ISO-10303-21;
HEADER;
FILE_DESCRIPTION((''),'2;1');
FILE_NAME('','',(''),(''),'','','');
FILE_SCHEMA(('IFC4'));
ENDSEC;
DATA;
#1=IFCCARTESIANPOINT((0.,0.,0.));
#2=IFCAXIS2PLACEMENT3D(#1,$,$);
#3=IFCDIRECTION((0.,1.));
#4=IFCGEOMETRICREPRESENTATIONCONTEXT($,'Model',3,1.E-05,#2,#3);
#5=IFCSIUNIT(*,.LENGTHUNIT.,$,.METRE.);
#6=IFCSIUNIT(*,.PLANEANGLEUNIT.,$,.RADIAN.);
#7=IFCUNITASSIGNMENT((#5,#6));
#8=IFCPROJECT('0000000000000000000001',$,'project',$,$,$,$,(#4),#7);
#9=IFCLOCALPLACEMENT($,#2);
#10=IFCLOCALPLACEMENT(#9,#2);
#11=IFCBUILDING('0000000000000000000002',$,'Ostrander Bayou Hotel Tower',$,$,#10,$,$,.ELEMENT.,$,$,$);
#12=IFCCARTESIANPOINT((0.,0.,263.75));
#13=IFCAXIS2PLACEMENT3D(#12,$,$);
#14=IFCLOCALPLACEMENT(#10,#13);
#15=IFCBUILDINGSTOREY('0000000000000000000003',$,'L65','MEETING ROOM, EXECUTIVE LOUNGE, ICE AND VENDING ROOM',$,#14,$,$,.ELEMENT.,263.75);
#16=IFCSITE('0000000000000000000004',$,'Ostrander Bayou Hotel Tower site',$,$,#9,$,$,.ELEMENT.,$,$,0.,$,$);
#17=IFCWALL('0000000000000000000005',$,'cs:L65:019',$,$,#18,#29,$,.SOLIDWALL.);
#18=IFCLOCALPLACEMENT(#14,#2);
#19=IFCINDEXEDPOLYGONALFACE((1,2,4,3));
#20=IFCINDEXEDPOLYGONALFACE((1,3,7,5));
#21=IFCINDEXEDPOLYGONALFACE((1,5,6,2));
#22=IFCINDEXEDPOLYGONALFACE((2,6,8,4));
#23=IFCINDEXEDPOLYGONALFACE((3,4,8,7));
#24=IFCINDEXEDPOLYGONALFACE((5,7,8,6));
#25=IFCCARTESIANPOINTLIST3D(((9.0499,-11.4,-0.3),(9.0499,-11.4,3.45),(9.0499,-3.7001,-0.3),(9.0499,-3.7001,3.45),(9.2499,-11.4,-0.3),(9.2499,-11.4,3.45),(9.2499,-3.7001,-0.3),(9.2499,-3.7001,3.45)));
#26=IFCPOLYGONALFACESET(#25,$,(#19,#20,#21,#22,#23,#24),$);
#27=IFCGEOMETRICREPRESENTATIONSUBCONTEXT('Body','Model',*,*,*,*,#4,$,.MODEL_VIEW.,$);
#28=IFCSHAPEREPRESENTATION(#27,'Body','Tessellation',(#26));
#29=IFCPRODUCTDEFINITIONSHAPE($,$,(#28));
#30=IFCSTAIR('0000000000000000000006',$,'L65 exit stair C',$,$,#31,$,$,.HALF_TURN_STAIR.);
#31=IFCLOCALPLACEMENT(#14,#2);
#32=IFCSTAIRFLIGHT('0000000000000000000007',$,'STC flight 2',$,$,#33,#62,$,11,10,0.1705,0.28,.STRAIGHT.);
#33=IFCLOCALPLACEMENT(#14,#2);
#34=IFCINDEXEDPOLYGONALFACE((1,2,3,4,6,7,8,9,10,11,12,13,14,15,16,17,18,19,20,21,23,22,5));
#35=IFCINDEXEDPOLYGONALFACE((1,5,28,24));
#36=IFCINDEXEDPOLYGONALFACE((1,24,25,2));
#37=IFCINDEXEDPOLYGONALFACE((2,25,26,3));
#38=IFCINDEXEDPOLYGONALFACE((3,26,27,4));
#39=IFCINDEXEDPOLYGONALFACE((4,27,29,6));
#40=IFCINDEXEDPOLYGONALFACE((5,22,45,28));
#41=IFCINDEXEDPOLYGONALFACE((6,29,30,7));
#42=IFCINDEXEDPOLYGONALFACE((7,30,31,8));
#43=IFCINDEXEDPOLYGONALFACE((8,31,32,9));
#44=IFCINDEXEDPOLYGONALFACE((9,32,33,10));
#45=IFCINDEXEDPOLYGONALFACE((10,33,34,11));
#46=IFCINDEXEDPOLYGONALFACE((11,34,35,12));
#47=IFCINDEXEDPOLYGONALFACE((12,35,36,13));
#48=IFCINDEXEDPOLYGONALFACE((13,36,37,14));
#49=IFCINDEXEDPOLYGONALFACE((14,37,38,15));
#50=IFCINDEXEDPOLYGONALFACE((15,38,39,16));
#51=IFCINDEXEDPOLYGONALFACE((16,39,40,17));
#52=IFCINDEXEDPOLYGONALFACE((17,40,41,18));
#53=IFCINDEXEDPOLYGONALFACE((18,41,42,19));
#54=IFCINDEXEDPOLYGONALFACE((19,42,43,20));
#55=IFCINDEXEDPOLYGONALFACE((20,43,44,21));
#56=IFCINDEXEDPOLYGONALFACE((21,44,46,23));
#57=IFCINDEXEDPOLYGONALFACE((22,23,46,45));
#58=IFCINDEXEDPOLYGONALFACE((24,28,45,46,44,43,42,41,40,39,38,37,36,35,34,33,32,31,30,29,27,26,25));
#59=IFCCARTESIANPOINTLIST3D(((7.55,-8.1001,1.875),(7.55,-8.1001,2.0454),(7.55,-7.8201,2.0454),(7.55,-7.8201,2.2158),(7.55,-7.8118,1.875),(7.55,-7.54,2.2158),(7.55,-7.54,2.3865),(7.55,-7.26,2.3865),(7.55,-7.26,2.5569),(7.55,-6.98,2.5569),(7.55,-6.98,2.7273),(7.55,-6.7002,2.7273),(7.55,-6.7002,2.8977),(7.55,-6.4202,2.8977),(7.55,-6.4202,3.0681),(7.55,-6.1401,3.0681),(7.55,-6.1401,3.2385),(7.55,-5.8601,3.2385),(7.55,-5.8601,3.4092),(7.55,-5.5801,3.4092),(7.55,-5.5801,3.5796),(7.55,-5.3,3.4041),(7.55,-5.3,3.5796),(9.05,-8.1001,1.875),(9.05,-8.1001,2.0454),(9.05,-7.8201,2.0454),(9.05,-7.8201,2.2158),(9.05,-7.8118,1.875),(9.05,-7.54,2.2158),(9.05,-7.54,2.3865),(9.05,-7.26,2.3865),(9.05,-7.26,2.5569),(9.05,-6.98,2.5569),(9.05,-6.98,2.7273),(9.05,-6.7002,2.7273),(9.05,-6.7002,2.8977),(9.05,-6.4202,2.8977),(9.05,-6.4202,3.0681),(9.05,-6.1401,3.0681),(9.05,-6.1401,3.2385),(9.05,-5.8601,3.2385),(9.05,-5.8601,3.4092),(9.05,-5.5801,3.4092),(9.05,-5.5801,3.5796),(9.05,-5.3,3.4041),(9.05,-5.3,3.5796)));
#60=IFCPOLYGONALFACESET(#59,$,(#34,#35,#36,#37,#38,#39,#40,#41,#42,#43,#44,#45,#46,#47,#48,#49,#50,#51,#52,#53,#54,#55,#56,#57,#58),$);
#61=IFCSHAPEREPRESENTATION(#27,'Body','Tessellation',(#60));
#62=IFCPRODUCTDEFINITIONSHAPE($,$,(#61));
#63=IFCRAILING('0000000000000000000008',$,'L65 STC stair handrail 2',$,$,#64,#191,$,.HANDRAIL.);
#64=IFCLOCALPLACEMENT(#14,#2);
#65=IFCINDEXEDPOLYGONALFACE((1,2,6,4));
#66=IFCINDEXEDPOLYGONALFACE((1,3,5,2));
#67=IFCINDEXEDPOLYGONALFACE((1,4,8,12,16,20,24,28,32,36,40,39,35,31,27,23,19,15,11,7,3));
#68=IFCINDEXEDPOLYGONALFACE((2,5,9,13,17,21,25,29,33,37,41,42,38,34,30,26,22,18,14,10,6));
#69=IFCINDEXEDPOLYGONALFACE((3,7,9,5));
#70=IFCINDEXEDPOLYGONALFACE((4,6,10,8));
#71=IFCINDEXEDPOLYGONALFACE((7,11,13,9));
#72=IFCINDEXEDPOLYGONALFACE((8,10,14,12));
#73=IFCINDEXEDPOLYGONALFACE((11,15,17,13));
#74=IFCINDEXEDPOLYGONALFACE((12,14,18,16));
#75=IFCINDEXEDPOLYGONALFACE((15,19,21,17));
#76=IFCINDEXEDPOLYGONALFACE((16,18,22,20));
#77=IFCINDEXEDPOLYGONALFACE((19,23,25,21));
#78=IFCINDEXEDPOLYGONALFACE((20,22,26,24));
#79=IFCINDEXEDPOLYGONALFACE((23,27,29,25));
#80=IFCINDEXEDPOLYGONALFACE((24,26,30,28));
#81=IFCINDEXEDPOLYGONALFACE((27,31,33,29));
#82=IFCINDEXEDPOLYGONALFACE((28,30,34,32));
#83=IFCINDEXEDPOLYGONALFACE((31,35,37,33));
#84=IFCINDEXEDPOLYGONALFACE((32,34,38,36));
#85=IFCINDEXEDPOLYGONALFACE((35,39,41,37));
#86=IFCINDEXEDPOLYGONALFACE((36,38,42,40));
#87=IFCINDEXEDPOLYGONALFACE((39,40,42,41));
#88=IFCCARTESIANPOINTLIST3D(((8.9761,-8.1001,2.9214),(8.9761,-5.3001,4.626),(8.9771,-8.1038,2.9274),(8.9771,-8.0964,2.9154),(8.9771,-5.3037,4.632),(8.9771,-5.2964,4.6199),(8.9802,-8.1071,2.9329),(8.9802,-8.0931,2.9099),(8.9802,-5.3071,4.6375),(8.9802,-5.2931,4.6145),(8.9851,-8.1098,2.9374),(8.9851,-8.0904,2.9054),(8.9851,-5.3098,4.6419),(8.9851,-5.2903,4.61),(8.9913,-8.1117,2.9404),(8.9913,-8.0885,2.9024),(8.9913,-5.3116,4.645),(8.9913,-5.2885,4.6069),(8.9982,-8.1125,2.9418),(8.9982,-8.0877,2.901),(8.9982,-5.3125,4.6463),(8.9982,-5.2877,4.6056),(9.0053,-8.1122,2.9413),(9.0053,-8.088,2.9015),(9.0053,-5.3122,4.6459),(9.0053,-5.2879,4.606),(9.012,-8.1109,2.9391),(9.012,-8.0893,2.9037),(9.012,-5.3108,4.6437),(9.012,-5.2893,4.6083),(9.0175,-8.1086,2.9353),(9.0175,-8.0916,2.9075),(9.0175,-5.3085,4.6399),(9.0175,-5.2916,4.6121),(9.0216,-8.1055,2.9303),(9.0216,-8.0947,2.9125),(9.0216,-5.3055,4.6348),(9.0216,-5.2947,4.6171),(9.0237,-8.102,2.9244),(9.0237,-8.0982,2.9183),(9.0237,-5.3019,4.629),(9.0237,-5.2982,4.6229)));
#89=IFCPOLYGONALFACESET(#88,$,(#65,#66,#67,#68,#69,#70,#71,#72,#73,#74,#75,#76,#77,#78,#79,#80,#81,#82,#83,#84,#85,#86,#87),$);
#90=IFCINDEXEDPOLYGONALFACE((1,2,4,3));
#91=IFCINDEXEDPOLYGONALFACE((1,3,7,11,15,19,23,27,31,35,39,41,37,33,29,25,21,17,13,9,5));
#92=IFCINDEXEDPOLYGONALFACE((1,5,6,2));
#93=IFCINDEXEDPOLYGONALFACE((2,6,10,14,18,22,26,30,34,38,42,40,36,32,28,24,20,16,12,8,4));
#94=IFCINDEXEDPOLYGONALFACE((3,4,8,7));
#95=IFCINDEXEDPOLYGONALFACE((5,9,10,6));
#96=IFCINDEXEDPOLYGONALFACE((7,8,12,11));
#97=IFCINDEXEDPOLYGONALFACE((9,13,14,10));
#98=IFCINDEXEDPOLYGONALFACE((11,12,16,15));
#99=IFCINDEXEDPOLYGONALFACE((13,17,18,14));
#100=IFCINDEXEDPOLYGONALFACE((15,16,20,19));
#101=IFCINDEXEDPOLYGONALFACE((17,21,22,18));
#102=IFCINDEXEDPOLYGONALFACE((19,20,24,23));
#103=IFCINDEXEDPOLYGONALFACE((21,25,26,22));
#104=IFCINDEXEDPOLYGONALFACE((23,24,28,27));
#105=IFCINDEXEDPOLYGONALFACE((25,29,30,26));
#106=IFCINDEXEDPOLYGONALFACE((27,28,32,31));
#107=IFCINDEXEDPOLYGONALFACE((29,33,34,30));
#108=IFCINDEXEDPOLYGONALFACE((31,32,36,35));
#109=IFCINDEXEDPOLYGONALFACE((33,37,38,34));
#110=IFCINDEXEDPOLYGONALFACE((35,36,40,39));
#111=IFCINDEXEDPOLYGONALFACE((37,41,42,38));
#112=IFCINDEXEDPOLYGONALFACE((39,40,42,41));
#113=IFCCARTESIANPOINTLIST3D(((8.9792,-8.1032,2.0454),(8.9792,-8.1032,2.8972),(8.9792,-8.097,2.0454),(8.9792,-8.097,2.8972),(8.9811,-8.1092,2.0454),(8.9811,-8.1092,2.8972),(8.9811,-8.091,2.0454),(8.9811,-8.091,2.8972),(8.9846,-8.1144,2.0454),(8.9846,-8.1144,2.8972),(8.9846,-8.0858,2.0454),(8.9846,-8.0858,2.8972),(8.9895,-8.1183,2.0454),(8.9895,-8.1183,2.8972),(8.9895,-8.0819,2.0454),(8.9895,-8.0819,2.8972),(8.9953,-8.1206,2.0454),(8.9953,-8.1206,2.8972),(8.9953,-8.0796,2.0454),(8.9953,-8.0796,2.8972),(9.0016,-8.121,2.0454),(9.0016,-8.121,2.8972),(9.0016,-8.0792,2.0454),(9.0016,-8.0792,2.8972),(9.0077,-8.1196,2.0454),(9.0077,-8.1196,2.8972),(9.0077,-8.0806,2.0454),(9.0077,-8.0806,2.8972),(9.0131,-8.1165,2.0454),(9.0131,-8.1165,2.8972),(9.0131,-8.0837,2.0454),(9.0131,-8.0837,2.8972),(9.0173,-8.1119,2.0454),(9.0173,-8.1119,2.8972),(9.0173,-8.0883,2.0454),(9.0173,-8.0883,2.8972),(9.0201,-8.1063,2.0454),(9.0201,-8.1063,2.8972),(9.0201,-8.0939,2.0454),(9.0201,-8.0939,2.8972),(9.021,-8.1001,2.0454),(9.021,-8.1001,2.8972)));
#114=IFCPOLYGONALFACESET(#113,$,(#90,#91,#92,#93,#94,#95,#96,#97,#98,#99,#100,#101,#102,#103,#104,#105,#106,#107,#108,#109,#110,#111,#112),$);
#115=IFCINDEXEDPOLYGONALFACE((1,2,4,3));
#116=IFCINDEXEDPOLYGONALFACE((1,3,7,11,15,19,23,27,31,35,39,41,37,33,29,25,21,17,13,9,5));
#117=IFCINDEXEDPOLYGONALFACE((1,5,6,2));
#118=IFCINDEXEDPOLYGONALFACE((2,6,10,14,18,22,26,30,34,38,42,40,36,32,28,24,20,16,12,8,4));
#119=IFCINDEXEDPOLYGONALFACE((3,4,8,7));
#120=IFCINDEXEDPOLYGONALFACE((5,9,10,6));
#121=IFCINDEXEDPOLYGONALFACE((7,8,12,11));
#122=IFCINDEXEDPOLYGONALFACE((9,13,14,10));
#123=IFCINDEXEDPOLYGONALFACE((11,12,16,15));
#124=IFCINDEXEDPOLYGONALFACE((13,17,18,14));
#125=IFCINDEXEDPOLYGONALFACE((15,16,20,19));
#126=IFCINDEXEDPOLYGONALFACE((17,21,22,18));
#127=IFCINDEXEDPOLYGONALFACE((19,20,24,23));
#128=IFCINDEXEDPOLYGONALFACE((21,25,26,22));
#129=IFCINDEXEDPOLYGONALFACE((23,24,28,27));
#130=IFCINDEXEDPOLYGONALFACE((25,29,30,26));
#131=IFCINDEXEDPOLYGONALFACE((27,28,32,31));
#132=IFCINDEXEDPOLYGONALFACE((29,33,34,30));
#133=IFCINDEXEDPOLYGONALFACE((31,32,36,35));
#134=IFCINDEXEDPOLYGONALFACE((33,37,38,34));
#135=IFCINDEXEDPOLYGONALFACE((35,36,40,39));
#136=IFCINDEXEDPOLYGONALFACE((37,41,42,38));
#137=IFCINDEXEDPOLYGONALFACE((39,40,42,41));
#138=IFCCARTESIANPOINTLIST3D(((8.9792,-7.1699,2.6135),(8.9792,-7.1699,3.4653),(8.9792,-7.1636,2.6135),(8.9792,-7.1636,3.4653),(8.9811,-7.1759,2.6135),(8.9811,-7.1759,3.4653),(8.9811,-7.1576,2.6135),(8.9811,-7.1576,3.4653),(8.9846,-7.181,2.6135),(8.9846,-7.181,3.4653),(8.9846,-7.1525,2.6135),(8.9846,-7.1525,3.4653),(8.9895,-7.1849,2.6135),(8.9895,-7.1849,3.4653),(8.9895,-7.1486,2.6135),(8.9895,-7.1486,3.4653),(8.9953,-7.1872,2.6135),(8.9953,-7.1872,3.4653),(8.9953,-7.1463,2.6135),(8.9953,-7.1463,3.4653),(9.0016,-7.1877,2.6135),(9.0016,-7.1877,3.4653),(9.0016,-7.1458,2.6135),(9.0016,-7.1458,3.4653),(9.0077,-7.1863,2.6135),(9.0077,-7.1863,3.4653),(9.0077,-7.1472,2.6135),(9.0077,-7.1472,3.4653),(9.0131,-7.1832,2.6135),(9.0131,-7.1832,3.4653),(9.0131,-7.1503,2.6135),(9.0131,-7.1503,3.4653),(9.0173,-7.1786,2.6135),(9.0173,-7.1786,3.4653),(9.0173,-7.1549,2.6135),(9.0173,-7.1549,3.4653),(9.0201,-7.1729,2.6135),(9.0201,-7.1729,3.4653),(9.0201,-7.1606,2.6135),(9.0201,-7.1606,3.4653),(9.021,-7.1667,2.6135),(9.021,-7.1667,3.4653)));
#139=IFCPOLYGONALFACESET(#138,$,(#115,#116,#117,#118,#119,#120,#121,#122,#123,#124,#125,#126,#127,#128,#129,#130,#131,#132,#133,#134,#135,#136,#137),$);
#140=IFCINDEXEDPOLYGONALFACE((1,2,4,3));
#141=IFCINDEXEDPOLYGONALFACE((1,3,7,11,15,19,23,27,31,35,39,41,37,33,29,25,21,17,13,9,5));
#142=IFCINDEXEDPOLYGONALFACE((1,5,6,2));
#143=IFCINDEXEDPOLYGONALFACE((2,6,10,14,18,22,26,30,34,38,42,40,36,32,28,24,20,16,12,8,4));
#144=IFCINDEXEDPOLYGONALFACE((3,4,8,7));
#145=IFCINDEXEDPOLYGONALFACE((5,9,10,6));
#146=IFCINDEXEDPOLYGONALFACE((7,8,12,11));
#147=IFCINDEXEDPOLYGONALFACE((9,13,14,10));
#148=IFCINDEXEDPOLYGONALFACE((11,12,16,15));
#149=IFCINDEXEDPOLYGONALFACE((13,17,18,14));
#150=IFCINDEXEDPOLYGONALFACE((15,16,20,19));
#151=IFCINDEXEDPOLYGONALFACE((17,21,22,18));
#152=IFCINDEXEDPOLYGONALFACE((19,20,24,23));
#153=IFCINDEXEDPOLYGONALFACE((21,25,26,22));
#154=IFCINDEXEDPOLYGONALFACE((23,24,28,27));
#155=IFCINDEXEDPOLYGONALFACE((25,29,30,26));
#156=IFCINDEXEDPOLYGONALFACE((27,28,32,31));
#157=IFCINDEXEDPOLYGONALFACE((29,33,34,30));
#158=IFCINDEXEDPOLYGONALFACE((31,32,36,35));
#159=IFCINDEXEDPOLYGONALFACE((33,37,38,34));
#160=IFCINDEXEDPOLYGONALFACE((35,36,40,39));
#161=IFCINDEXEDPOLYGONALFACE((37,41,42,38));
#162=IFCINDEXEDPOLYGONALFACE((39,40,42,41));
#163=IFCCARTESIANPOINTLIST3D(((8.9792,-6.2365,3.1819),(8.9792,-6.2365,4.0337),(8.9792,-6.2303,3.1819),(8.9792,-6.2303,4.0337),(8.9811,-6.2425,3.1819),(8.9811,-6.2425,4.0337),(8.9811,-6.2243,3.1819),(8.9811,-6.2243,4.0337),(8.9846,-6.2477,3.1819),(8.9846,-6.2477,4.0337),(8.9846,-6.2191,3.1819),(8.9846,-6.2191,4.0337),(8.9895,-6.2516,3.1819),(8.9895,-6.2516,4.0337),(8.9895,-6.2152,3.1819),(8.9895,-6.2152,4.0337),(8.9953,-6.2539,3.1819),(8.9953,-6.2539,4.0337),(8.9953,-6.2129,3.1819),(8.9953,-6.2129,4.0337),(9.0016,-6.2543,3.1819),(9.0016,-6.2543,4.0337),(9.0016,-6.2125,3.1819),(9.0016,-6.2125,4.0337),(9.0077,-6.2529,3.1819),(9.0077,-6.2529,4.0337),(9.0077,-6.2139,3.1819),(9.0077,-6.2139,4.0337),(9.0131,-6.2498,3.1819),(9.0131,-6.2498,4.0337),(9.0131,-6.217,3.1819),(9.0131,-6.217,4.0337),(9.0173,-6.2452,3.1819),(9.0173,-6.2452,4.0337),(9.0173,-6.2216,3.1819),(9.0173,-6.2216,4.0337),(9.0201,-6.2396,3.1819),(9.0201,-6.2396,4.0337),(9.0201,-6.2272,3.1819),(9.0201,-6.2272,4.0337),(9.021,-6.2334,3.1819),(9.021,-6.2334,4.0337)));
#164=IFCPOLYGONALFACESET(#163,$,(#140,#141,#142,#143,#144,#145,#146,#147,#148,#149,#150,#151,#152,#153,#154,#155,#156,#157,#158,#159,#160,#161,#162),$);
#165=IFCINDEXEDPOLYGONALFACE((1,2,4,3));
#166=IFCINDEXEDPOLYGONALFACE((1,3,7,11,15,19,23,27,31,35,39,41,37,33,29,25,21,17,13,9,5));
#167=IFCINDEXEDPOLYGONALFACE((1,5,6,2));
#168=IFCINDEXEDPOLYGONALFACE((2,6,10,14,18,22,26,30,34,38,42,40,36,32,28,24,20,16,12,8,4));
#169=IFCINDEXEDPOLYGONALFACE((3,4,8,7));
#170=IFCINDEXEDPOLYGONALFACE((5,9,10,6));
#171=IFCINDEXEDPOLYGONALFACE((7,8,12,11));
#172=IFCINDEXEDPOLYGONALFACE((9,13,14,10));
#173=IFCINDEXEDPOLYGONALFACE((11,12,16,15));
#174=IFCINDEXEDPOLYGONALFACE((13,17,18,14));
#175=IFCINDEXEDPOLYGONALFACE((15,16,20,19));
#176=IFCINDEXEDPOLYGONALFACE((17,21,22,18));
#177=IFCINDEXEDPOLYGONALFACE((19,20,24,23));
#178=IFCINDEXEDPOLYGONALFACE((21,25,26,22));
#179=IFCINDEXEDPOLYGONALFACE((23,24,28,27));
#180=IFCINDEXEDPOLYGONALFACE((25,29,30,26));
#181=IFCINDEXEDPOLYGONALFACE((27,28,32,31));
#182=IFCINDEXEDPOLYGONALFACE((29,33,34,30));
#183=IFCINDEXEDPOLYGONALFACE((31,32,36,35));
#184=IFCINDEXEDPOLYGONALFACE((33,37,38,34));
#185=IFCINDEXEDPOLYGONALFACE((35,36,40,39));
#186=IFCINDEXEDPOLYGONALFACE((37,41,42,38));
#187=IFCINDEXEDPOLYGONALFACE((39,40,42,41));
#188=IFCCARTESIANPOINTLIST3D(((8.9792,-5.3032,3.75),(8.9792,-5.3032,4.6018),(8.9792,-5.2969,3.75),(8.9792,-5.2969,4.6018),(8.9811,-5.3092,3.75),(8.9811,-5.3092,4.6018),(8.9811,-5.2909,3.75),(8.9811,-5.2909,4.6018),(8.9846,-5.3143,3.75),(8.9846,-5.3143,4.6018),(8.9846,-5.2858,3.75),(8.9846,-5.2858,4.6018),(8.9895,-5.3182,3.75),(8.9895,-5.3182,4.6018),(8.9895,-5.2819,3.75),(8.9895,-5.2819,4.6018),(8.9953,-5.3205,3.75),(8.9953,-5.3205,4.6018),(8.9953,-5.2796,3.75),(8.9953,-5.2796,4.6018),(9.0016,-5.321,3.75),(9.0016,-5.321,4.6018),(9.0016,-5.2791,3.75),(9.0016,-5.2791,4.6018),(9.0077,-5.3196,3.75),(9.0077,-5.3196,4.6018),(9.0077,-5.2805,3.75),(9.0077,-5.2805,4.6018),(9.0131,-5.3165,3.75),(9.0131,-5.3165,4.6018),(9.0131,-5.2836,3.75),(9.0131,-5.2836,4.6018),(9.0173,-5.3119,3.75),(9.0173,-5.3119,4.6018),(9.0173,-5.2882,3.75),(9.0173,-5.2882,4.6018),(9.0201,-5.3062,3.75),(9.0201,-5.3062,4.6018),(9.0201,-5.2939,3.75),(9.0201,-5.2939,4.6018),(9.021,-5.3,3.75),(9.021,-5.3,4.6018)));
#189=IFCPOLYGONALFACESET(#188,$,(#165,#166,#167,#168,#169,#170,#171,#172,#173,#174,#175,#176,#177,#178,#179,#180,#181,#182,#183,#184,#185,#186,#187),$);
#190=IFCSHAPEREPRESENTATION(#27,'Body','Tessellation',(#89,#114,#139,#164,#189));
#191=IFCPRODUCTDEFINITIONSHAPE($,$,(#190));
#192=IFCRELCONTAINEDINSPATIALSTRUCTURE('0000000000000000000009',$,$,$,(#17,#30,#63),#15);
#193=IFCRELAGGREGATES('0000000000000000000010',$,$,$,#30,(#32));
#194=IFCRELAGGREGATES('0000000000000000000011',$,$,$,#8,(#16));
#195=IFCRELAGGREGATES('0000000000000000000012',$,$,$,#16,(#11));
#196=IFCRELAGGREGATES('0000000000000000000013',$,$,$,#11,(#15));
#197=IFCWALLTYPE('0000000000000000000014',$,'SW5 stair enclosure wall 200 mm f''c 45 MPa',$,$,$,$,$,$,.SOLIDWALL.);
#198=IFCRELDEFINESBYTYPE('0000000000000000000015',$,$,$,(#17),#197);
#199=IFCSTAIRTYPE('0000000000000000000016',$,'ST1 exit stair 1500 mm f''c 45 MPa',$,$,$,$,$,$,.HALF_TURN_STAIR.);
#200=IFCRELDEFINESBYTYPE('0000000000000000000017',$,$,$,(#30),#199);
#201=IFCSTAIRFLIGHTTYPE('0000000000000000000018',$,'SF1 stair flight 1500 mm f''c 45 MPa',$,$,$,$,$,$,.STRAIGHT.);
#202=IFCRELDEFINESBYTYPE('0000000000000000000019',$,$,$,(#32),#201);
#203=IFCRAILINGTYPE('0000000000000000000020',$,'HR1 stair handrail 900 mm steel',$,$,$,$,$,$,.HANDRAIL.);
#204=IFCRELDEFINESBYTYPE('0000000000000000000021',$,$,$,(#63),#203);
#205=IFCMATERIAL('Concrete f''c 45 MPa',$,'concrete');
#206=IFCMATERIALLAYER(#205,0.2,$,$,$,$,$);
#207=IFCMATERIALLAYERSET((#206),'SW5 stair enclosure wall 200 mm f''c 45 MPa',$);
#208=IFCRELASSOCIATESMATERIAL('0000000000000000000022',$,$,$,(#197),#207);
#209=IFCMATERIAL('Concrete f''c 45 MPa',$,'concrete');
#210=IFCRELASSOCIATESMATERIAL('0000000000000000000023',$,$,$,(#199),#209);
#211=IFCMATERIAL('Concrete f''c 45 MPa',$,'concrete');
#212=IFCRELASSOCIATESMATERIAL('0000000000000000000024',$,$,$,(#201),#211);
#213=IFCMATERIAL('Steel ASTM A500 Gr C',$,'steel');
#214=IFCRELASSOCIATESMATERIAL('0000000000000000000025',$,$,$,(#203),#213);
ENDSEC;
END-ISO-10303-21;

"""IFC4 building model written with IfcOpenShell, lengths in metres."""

from ifc_helpers import new_model, si_unit, direction, frame, frame_2d, origin, origin_2d, place, context, subcontext, project, spatial, polyline, rectangle, circle, outline, extrude, material, layer, layer_set, type_object, element, aggregate, save


model = new_model("IFC4")

# Units and contexts
model_context = context("Model", 3, precision=1e-05, world=origin(), true_north=direction((0.0, 1.0)))
body_context = subcontext(model_context, "Body", "Model", "MODEL_VIEW")
ifc_project = project(units=[si_unit("LENGTHUNIT", "METRE"), si_unit("PLANEANGLEUNIT", "RADIAN")], contexts=[model_context])

# Site, building, storey
site_placement = place(None, origin())
site = spatial("IfcSite", under=ifc_project, at=site_placement, Name="Ostrander Bayou Hotel Tower site", CompositionType="ELEMENT", RefElevation=0.0)
building_placement = place(site_placement, origin())
building = spatial("IfcBuilding", under=site, at=building_placement, Name="Ostrander Bayou Hotel Tower", CompositionType="ELEMENT")
storey_placement = place(building_placement, frame((0.0, 0.0, 263.75)))
storey = spatial("IfcBuildingStorey", under=building, at=storey_placement, Name="L65", Description="MEETING ROOM, EXECUTIVE LOUNGE, ICE AND VENDING ROOM", CompositionType="ELEMENT", Elevation=263.75)

# Wall
ifc_material_1 = material(Name="Concrete f'c 45 MPa", Category="concrete")
ifc_layer_1 = layer(ifc_material_1, 0.2)
ifc_layer_set_1 = layer_set([ifc_layer_1], Name="SW5 stair enclosure wall 200 mm f'c 45 MPa")
wall_type_1 = type_object("IfcWallType", Name="SW5 stair enclosure wall 200 mm f'c 45 MPa", PredefinedType="SOLIDWALL", material=ifc_layer_set_1)
wall_1_placement = place(storey_placement, frame((9.1499, -3.7, -0.3), z_axis=(0.0, 0.0, 1.0), x_axis=(0.0, -1.0, 0.0)))
element("IfcWall", 1, at=wall_1_placement, inside=storey, type_object=wall_type_1, Name="cs:L65:019", PredefinedType="SOLIDWALL", context=body_context, shape_type="SweptSolid", body=[
    extrude(rectangle(XDim=7.7, YDim=0.2, at=frame_2d((3.8501, 0.0))), origin(), (0.0, 0.0, 1.0), 3.75),
])

# Stair, stair flight
ifc_material_2 = material(Name="Concrete f'c 45 MPa", Category="concrete")
stair_type = type_object("IfcStairType", Name="ST1 exit stair 1500 mm f'c 45 MPa", PredefinedType="HALF_TURN_STAIR", material=ifc_material_2)
stair_placement = place(storey_placement, origin())
stair = element("IfcStair", 2, at=stair_placement, inside=storey, type_object=stair_type, Name="L65 exit stair C", PredefinedType="HALF_TURN_STAIR")
ifc_material_3 = material(Name="Concrete f'c 45 MPa", Category="concrete")
stair_flight_type = type_object("IfcStairFlightType", Name="SF1 stair flight 1500 mm f'c 45 MPa", PredefinedType="STRAIGHT", material=ifc_material_3)
stair_flight_placement = place(storey_placement, frame((8.3, -8.1001, 1.875), z_axis=(0.0, 0.0, 1.0), x_axis=(0.0, 1.0, 0.0)))
stair_flight = element("IfcStairFlight", 3, at=stair_flight_placement, type_object=stair_flight_type, Name="STC flight 2", NumberOfRisers=11, NumberOfTreads=10, PredefinedType="STRAIGHT", RiserHeight=0.1705, TreadLength=0.28, context=body_context, shape_type="SweptSolid", body=[
    extrude(outline(polyline([(0.0, 0.0), (0.0, 0.1704), (0.28, 0.1704), (0.28, 0.3408), (0.5601, 0.3408), (0.5601, 0.5115), (0.8401, 0.5115), (0.8401, 0.6819), (1.1201, 0.6819), (1.1201, 0.8523), (1.3999, 0.8523), (1.3999, 1.0227), (1.6799, 1.0227), (1.6799, 1.1931), (1.96, 1.1931), (1.96, 1.3635), (2.24, 1.3635), (2.24, 1.5342), (2.52, 1.5342), (2.52, 1.7046), (2.8, 1.7046), (2.8, 1.875), (2.8, 1.5291), (0.2883, 0.0), (0.0, 0.0)])), frame((0.0, 0.75, 0.0), z_axis=(0.0, -1.0, 0.0), x_axis=(1.0, 0.0, 0.0)), (0.0, 0.0, 1.0), 1.5),
])
aggregate(stair, [stair_flight])

# Railing
ifc_material_4 = material(Name="Steel ASTM A500 Gr C", Category="steel")
railing_type = type_object("IfcRailingType", Name="HR1 stair handrail 900 mm steel", PredefinedType="HANDRAIL", material=ifc_material_4)
railing_placement = place(storey_placement, frame((9.0, -8.1001, 2.0454)))
element("IfcRailing", 4, at=railing_placement, inside=storey, type_object=railing_type, Name="L65 STC stair handrail 2", PredefinedType="HANDRAIL", context=body_context, shape_type="SweptSolid", body=[
    extrude(circle(Radius=0.0239, at=origin_2d()), frame((0.0, 0.0, 0.876), z_axis=(0.0, 0.85417, 0.519994), x_axis=(-1.0, 0.0, 0.0)), (0.0, 0.0, 1.0), 3.2781),
    extrude(circle(Radius=0.021, at=origin_2d()), origin(), (0.0, 0.0, 1.0), 0.8518),
    extrude(circle(Radius=0.021, at=origin_2d()), frame((0.0, 0.9333, 0.5681)), (0.0, 0.0, 1.0), 0.8518),
    extrude(circle(Radius=0.021, at=origin_2d()), frame((0.0, 1.8667, 1.1365)), (0.0, 0.0, 1.0), 0.8518),
    extrude(circle(Radius=0.021, at=origin_2d()), frame((0.0, 2.8, 1.7046)), (0.0, 0.0, 1.0), 0.8518),
])

save(model, "model.ifc")
